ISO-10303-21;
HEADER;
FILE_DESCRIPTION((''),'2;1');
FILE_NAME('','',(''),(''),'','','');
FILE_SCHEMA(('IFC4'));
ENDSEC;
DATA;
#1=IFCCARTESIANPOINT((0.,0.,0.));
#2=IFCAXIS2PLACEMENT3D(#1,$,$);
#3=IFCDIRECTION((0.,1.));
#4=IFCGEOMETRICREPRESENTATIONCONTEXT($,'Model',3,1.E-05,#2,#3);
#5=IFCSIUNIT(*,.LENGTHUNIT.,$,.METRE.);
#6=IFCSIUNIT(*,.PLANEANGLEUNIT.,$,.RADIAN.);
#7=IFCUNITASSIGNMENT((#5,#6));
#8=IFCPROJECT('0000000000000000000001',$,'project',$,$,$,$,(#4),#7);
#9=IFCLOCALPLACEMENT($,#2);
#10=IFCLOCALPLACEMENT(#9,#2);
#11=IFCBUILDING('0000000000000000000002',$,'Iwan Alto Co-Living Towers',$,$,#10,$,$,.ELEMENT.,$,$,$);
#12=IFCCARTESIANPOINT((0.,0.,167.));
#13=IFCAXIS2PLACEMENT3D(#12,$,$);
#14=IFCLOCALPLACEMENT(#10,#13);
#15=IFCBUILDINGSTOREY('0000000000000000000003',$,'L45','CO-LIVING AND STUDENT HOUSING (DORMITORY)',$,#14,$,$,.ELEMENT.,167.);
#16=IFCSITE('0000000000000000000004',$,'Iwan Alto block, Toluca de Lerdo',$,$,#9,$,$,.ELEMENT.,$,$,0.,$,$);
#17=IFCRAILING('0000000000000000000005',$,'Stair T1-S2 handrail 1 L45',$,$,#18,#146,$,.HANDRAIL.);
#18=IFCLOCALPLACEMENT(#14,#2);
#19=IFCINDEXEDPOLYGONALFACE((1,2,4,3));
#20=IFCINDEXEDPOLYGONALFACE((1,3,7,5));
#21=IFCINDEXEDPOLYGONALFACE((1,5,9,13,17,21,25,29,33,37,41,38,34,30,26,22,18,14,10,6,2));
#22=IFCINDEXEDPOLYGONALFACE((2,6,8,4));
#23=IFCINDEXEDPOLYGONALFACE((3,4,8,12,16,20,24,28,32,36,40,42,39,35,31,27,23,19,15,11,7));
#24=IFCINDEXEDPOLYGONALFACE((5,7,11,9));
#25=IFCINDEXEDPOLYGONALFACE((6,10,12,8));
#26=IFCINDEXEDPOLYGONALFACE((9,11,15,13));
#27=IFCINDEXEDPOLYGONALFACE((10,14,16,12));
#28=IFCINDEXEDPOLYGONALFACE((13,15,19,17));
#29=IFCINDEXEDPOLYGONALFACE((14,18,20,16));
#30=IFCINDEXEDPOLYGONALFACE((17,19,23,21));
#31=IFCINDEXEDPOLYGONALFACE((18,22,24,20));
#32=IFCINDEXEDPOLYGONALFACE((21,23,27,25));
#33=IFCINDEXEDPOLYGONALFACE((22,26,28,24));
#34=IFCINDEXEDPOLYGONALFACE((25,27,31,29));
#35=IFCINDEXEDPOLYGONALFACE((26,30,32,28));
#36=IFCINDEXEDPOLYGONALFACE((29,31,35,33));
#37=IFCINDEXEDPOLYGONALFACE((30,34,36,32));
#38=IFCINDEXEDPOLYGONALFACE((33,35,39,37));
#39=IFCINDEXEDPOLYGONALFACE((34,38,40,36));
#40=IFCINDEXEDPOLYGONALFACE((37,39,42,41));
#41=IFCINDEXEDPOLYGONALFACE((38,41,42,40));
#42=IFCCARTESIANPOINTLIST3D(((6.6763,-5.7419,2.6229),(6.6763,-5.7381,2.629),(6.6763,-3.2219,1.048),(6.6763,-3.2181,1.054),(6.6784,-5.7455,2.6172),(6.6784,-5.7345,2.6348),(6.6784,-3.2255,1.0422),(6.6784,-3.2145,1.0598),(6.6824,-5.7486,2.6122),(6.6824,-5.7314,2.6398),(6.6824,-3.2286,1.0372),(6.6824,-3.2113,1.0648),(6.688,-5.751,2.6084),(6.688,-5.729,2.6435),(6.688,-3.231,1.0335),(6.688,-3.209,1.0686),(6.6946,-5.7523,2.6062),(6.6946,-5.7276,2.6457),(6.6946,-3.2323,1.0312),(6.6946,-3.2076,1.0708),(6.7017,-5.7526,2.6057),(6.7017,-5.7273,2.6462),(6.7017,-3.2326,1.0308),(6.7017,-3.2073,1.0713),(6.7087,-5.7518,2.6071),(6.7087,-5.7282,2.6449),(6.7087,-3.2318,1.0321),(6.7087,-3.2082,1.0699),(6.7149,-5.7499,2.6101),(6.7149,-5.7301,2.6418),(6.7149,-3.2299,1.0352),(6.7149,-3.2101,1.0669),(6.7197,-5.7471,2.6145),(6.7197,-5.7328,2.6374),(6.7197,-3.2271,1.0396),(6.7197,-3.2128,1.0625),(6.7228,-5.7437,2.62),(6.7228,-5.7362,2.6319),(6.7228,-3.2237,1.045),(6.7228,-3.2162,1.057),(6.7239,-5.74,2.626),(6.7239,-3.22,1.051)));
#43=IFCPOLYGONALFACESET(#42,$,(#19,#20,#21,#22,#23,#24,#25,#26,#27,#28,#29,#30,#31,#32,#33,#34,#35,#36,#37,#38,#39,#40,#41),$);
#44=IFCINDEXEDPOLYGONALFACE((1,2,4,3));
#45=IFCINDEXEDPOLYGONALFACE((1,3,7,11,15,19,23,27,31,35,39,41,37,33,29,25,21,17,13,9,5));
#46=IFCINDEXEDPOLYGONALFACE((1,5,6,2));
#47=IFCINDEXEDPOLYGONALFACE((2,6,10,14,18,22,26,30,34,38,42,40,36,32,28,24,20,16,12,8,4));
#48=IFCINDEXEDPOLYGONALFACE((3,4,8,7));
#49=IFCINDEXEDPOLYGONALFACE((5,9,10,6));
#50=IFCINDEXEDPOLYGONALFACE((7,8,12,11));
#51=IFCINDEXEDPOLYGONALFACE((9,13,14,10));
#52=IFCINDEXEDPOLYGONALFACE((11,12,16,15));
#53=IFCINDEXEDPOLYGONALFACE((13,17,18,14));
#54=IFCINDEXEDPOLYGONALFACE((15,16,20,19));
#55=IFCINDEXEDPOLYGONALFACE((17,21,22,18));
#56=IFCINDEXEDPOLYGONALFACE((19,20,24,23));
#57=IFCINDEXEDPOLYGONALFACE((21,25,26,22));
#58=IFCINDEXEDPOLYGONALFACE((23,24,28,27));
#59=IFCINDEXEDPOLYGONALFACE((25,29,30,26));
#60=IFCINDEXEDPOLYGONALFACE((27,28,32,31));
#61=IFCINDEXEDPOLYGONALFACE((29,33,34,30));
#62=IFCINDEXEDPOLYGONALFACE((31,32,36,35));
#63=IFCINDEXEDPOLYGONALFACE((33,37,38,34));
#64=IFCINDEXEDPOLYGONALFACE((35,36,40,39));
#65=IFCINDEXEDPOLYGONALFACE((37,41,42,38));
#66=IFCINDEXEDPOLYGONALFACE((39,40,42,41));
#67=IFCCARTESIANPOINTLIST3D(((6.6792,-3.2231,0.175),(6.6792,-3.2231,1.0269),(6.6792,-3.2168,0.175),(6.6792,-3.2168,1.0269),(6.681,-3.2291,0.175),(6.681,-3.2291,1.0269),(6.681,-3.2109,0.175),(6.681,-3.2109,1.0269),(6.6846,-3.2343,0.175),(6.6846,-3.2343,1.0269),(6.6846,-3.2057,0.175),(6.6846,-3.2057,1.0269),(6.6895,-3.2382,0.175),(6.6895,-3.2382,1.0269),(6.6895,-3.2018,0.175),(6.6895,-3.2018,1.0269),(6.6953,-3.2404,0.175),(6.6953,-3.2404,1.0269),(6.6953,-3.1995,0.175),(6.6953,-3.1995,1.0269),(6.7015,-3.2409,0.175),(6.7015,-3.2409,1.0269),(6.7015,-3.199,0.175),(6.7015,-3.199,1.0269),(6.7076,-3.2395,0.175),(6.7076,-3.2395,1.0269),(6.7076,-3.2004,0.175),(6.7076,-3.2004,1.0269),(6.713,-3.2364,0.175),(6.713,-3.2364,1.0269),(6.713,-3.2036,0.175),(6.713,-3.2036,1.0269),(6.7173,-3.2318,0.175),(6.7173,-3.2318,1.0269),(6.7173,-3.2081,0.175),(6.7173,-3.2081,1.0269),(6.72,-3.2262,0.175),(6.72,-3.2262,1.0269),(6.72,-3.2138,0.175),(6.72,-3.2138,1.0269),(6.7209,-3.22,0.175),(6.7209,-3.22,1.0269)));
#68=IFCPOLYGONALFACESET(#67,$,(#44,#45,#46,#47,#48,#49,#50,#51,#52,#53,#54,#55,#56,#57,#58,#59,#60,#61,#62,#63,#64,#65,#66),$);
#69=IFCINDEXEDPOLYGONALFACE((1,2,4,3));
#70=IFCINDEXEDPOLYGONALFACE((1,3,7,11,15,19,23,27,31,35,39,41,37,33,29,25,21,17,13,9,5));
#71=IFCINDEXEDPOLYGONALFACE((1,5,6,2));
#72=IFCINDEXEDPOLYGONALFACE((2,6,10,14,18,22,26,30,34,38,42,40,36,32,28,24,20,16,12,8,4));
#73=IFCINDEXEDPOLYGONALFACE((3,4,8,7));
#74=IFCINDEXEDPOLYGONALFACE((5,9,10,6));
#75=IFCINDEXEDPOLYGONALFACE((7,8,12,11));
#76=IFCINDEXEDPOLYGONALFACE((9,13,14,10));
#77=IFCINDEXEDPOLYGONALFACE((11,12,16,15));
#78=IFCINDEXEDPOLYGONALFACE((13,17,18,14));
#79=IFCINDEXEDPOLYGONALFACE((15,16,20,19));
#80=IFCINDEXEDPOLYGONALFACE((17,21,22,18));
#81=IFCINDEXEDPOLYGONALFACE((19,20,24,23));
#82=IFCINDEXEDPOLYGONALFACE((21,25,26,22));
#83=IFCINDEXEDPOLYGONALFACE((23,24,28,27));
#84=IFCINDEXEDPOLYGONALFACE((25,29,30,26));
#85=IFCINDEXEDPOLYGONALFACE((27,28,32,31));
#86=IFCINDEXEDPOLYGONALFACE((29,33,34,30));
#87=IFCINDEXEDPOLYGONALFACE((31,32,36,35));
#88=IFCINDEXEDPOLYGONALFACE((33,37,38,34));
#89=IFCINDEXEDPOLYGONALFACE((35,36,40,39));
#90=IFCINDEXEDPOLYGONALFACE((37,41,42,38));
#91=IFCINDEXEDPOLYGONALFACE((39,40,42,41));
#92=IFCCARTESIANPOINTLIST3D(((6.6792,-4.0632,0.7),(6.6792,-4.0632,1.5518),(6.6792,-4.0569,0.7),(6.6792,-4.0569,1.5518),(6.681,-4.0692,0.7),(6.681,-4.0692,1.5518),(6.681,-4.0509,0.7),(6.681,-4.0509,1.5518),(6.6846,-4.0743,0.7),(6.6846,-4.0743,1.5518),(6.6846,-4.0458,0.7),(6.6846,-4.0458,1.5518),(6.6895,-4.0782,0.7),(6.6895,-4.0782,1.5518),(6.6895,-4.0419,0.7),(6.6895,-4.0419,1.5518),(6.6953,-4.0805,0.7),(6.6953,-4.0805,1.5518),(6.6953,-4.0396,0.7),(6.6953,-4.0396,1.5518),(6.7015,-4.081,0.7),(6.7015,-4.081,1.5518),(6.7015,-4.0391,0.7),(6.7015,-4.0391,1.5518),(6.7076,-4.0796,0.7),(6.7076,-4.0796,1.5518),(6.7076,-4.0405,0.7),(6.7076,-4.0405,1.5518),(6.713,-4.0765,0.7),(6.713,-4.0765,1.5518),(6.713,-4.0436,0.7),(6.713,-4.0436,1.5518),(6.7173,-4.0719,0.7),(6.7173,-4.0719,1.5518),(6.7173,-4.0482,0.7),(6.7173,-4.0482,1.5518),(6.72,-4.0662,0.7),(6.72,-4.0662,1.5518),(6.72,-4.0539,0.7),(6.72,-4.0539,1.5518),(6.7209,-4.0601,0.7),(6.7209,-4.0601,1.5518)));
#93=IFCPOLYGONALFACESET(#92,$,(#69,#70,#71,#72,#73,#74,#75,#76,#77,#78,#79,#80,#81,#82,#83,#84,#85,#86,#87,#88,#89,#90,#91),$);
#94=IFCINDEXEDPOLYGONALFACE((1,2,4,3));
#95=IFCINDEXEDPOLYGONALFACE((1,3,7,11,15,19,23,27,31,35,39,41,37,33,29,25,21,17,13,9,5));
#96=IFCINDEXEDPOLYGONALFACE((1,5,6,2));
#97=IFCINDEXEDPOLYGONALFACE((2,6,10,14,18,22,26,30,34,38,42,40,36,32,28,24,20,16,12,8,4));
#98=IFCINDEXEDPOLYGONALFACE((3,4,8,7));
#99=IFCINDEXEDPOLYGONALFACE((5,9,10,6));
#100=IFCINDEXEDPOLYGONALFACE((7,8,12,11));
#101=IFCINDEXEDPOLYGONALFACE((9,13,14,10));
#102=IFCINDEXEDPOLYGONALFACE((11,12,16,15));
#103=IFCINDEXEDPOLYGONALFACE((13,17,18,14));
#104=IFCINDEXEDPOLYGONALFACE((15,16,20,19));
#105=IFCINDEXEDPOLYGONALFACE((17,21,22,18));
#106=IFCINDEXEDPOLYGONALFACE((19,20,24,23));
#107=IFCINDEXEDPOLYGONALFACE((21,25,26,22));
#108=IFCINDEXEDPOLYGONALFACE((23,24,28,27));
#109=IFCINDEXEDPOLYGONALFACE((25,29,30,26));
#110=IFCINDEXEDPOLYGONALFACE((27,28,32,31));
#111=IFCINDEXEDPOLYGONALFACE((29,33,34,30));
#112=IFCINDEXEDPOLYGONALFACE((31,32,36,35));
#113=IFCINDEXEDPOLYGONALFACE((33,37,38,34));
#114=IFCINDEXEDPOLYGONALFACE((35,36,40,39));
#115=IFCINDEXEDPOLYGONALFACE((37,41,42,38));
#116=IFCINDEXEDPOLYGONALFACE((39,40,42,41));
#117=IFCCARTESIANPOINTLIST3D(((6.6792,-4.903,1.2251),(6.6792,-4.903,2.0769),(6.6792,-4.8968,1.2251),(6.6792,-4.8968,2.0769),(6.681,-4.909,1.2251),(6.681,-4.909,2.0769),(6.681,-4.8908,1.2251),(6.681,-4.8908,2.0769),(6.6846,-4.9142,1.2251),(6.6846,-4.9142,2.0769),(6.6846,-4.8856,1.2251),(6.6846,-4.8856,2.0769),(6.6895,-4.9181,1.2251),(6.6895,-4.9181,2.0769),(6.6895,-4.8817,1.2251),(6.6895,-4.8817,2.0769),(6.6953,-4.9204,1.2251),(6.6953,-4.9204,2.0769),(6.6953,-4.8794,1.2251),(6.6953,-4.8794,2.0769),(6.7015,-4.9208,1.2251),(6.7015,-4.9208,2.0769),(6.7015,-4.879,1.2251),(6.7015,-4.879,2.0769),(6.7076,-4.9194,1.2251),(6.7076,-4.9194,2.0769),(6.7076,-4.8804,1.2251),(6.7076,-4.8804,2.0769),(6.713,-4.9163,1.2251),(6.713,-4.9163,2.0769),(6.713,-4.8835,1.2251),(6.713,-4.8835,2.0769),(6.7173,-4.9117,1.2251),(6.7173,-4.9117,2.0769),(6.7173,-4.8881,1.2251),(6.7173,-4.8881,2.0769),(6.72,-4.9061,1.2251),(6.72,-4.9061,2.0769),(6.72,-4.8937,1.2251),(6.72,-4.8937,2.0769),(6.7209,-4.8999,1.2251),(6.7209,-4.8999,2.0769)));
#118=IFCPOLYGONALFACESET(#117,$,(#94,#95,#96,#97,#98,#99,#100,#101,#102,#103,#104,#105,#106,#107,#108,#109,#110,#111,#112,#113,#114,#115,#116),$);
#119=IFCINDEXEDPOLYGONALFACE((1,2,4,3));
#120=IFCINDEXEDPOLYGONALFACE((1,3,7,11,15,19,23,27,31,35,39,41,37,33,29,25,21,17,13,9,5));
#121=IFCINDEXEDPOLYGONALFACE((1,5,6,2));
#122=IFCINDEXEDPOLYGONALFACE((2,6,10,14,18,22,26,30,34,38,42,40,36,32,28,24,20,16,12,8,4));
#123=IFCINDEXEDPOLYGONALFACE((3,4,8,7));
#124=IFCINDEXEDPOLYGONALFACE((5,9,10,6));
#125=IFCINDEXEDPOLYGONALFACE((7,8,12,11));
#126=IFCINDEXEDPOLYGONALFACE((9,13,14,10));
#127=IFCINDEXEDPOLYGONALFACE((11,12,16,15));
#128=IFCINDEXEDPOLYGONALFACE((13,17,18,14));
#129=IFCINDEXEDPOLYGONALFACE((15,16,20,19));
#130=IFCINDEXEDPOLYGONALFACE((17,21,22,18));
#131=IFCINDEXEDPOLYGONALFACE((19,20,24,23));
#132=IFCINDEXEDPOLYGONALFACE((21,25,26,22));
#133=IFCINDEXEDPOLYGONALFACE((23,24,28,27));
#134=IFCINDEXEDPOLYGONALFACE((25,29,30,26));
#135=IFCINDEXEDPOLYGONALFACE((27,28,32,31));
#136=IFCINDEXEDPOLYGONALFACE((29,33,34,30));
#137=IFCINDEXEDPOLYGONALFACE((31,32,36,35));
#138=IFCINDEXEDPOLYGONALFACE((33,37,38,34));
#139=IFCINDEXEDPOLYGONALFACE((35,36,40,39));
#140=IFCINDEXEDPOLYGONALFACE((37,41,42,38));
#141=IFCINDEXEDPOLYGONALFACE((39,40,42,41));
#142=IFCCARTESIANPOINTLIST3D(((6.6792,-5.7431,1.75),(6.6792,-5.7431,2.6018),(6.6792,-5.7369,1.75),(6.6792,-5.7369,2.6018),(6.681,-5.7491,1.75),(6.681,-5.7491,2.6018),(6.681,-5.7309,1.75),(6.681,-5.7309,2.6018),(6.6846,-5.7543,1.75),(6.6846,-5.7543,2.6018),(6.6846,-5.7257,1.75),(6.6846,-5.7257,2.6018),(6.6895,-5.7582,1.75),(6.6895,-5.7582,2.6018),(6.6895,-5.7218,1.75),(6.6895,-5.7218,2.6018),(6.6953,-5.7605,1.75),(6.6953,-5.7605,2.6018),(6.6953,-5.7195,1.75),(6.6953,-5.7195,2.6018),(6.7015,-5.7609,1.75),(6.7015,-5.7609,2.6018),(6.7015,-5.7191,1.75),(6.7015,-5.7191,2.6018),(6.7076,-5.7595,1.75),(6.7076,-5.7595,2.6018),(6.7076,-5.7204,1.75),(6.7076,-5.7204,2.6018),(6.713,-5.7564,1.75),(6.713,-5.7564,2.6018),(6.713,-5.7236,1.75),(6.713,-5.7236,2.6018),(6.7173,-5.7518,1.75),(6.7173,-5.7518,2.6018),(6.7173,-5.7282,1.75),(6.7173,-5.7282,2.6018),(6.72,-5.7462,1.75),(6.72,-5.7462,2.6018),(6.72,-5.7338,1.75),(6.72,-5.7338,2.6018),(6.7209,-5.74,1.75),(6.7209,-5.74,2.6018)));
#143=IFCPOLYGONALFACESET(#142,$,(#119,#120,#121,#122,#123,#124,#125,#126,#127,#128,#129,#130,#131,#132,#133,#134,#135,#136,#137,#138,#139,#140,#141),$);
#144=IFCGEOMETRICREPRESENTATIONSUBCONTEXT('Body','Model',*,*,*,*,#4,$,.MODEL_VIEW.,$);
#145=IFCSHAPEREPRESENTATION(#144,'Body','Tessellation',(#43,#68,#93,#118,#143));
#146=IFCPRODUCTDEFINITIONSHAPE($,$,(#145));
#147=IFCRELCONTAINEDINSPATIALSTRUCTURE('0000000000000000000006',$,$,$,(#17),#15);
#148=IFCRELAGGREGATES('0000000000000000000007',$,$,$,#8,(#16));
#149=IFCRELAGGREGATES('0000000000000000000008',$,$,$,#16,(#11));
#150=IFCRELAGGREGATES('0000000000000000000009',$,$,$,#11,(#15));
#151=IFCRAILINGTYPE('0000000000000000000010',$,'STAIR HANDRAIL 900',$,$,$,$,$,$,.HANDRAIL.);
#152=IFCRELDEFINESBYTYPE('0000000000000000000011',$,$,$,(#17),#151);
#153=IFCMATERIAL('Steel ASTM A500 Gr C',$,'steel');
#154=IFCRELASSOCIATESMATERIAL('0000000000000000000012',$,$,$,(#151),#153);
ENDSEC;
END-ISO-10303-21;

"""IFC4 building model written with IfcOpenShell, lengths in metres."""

from ifc_helpers import new_model, si_unit, direction, frame, origin, origin_2d, place, context, subcontext, project, spatial, circle, extrude, material, type_object, element, save


model = new_model("IFC4")

# Units and contexts
model_context = context("Model", 3, precision=1e-05, world=origin(), true_north=direction((0.0, 1.0)))
body_context = subcontext(model_context, "Body", "Model", "MODEL_VIEW")
ifc_project = project(units=[si_unit("LENGTHUNIT", "METRE"), si_unit("PLANEANGLEUNIT", "RADIAN")], contexts=[model_context])

# Site, building, storey
site_placement = place(None, origin())
site = spatial("IfcSite", under=ifc_project, at=site_placement, Name="Iwan Alto block, Toluca de Lerdo", CompositionType="ELEMENT", RefElevation=0.0)
building_placement = place(site_placement, origin())
building = spatial("IfcBuilding", under=site, at=building_placement, Name="Iwan Alto Co-Living Towers", CompositionType="ELEMENT")
storey_placement = place(building_placement, frame((0.0, 0.0, 167.0)))
storey = spatial("IfcBuildingStorey", under=building, at=storey_placement, Name="L45", Description="CO-LIVING AND STUDENT HOUSING (DORMITORY)", CompositionType="ELEMENT", Elevation=167.0)

# Railing
ifc_material_1 = material(Name="Steel ASTM A500 Gr C", Category="steel")
railing_type_1 = type_object("IfcRailingType", Name="STAIR HANDRAIL 900", PredefinedType="HANDRAIL", material=ifc_material_1)
railing_1_placement = place(storey_placement, frame((6.7, -3.22, 0.175)))
element("IfcRailing", 1, at=railing_1_placement, inside=storey, type_object=railing_type_1, Name="Stair T1-S2 handrail 1 L45", PredefinedType="HANDRAIL", context=body_context, shape_type="SweptSolid", body=[
    extrude(circle(Radius=0.0239, at=origin_2d()), frame((0.0, 0.0, 0.876), z_axis=(0.0, -0.848008, 0.529984), x_axis=(1.0, 0.0, 0.0)), (0.0, 0.0, 1.0), 2.9717),
    extrude(circle(Radius=0.021, at=origin_2d()), origin(), (0.0, 0.0, 1.0), 0.8518),
    extrude(circle(Radius=0.021, at=origin_2d()), frame((0.0, -0.8401, 0.5249)), (0.0, 0.0, 1.0), 0.8518),
    extrude(circle(Radius=0.021, at=origin_2d()), frame((0.0, -1.6799, 1.05)), (0.0, 0.0, 1.0), 0.8518),
    extrude(circle(Radius=0.021, at=origin_2d()), frame((0.0, -2.52, 1.575)), (0.0, 0.0, 1.0), 0.8518),
])

save(model, "model.ifc")
